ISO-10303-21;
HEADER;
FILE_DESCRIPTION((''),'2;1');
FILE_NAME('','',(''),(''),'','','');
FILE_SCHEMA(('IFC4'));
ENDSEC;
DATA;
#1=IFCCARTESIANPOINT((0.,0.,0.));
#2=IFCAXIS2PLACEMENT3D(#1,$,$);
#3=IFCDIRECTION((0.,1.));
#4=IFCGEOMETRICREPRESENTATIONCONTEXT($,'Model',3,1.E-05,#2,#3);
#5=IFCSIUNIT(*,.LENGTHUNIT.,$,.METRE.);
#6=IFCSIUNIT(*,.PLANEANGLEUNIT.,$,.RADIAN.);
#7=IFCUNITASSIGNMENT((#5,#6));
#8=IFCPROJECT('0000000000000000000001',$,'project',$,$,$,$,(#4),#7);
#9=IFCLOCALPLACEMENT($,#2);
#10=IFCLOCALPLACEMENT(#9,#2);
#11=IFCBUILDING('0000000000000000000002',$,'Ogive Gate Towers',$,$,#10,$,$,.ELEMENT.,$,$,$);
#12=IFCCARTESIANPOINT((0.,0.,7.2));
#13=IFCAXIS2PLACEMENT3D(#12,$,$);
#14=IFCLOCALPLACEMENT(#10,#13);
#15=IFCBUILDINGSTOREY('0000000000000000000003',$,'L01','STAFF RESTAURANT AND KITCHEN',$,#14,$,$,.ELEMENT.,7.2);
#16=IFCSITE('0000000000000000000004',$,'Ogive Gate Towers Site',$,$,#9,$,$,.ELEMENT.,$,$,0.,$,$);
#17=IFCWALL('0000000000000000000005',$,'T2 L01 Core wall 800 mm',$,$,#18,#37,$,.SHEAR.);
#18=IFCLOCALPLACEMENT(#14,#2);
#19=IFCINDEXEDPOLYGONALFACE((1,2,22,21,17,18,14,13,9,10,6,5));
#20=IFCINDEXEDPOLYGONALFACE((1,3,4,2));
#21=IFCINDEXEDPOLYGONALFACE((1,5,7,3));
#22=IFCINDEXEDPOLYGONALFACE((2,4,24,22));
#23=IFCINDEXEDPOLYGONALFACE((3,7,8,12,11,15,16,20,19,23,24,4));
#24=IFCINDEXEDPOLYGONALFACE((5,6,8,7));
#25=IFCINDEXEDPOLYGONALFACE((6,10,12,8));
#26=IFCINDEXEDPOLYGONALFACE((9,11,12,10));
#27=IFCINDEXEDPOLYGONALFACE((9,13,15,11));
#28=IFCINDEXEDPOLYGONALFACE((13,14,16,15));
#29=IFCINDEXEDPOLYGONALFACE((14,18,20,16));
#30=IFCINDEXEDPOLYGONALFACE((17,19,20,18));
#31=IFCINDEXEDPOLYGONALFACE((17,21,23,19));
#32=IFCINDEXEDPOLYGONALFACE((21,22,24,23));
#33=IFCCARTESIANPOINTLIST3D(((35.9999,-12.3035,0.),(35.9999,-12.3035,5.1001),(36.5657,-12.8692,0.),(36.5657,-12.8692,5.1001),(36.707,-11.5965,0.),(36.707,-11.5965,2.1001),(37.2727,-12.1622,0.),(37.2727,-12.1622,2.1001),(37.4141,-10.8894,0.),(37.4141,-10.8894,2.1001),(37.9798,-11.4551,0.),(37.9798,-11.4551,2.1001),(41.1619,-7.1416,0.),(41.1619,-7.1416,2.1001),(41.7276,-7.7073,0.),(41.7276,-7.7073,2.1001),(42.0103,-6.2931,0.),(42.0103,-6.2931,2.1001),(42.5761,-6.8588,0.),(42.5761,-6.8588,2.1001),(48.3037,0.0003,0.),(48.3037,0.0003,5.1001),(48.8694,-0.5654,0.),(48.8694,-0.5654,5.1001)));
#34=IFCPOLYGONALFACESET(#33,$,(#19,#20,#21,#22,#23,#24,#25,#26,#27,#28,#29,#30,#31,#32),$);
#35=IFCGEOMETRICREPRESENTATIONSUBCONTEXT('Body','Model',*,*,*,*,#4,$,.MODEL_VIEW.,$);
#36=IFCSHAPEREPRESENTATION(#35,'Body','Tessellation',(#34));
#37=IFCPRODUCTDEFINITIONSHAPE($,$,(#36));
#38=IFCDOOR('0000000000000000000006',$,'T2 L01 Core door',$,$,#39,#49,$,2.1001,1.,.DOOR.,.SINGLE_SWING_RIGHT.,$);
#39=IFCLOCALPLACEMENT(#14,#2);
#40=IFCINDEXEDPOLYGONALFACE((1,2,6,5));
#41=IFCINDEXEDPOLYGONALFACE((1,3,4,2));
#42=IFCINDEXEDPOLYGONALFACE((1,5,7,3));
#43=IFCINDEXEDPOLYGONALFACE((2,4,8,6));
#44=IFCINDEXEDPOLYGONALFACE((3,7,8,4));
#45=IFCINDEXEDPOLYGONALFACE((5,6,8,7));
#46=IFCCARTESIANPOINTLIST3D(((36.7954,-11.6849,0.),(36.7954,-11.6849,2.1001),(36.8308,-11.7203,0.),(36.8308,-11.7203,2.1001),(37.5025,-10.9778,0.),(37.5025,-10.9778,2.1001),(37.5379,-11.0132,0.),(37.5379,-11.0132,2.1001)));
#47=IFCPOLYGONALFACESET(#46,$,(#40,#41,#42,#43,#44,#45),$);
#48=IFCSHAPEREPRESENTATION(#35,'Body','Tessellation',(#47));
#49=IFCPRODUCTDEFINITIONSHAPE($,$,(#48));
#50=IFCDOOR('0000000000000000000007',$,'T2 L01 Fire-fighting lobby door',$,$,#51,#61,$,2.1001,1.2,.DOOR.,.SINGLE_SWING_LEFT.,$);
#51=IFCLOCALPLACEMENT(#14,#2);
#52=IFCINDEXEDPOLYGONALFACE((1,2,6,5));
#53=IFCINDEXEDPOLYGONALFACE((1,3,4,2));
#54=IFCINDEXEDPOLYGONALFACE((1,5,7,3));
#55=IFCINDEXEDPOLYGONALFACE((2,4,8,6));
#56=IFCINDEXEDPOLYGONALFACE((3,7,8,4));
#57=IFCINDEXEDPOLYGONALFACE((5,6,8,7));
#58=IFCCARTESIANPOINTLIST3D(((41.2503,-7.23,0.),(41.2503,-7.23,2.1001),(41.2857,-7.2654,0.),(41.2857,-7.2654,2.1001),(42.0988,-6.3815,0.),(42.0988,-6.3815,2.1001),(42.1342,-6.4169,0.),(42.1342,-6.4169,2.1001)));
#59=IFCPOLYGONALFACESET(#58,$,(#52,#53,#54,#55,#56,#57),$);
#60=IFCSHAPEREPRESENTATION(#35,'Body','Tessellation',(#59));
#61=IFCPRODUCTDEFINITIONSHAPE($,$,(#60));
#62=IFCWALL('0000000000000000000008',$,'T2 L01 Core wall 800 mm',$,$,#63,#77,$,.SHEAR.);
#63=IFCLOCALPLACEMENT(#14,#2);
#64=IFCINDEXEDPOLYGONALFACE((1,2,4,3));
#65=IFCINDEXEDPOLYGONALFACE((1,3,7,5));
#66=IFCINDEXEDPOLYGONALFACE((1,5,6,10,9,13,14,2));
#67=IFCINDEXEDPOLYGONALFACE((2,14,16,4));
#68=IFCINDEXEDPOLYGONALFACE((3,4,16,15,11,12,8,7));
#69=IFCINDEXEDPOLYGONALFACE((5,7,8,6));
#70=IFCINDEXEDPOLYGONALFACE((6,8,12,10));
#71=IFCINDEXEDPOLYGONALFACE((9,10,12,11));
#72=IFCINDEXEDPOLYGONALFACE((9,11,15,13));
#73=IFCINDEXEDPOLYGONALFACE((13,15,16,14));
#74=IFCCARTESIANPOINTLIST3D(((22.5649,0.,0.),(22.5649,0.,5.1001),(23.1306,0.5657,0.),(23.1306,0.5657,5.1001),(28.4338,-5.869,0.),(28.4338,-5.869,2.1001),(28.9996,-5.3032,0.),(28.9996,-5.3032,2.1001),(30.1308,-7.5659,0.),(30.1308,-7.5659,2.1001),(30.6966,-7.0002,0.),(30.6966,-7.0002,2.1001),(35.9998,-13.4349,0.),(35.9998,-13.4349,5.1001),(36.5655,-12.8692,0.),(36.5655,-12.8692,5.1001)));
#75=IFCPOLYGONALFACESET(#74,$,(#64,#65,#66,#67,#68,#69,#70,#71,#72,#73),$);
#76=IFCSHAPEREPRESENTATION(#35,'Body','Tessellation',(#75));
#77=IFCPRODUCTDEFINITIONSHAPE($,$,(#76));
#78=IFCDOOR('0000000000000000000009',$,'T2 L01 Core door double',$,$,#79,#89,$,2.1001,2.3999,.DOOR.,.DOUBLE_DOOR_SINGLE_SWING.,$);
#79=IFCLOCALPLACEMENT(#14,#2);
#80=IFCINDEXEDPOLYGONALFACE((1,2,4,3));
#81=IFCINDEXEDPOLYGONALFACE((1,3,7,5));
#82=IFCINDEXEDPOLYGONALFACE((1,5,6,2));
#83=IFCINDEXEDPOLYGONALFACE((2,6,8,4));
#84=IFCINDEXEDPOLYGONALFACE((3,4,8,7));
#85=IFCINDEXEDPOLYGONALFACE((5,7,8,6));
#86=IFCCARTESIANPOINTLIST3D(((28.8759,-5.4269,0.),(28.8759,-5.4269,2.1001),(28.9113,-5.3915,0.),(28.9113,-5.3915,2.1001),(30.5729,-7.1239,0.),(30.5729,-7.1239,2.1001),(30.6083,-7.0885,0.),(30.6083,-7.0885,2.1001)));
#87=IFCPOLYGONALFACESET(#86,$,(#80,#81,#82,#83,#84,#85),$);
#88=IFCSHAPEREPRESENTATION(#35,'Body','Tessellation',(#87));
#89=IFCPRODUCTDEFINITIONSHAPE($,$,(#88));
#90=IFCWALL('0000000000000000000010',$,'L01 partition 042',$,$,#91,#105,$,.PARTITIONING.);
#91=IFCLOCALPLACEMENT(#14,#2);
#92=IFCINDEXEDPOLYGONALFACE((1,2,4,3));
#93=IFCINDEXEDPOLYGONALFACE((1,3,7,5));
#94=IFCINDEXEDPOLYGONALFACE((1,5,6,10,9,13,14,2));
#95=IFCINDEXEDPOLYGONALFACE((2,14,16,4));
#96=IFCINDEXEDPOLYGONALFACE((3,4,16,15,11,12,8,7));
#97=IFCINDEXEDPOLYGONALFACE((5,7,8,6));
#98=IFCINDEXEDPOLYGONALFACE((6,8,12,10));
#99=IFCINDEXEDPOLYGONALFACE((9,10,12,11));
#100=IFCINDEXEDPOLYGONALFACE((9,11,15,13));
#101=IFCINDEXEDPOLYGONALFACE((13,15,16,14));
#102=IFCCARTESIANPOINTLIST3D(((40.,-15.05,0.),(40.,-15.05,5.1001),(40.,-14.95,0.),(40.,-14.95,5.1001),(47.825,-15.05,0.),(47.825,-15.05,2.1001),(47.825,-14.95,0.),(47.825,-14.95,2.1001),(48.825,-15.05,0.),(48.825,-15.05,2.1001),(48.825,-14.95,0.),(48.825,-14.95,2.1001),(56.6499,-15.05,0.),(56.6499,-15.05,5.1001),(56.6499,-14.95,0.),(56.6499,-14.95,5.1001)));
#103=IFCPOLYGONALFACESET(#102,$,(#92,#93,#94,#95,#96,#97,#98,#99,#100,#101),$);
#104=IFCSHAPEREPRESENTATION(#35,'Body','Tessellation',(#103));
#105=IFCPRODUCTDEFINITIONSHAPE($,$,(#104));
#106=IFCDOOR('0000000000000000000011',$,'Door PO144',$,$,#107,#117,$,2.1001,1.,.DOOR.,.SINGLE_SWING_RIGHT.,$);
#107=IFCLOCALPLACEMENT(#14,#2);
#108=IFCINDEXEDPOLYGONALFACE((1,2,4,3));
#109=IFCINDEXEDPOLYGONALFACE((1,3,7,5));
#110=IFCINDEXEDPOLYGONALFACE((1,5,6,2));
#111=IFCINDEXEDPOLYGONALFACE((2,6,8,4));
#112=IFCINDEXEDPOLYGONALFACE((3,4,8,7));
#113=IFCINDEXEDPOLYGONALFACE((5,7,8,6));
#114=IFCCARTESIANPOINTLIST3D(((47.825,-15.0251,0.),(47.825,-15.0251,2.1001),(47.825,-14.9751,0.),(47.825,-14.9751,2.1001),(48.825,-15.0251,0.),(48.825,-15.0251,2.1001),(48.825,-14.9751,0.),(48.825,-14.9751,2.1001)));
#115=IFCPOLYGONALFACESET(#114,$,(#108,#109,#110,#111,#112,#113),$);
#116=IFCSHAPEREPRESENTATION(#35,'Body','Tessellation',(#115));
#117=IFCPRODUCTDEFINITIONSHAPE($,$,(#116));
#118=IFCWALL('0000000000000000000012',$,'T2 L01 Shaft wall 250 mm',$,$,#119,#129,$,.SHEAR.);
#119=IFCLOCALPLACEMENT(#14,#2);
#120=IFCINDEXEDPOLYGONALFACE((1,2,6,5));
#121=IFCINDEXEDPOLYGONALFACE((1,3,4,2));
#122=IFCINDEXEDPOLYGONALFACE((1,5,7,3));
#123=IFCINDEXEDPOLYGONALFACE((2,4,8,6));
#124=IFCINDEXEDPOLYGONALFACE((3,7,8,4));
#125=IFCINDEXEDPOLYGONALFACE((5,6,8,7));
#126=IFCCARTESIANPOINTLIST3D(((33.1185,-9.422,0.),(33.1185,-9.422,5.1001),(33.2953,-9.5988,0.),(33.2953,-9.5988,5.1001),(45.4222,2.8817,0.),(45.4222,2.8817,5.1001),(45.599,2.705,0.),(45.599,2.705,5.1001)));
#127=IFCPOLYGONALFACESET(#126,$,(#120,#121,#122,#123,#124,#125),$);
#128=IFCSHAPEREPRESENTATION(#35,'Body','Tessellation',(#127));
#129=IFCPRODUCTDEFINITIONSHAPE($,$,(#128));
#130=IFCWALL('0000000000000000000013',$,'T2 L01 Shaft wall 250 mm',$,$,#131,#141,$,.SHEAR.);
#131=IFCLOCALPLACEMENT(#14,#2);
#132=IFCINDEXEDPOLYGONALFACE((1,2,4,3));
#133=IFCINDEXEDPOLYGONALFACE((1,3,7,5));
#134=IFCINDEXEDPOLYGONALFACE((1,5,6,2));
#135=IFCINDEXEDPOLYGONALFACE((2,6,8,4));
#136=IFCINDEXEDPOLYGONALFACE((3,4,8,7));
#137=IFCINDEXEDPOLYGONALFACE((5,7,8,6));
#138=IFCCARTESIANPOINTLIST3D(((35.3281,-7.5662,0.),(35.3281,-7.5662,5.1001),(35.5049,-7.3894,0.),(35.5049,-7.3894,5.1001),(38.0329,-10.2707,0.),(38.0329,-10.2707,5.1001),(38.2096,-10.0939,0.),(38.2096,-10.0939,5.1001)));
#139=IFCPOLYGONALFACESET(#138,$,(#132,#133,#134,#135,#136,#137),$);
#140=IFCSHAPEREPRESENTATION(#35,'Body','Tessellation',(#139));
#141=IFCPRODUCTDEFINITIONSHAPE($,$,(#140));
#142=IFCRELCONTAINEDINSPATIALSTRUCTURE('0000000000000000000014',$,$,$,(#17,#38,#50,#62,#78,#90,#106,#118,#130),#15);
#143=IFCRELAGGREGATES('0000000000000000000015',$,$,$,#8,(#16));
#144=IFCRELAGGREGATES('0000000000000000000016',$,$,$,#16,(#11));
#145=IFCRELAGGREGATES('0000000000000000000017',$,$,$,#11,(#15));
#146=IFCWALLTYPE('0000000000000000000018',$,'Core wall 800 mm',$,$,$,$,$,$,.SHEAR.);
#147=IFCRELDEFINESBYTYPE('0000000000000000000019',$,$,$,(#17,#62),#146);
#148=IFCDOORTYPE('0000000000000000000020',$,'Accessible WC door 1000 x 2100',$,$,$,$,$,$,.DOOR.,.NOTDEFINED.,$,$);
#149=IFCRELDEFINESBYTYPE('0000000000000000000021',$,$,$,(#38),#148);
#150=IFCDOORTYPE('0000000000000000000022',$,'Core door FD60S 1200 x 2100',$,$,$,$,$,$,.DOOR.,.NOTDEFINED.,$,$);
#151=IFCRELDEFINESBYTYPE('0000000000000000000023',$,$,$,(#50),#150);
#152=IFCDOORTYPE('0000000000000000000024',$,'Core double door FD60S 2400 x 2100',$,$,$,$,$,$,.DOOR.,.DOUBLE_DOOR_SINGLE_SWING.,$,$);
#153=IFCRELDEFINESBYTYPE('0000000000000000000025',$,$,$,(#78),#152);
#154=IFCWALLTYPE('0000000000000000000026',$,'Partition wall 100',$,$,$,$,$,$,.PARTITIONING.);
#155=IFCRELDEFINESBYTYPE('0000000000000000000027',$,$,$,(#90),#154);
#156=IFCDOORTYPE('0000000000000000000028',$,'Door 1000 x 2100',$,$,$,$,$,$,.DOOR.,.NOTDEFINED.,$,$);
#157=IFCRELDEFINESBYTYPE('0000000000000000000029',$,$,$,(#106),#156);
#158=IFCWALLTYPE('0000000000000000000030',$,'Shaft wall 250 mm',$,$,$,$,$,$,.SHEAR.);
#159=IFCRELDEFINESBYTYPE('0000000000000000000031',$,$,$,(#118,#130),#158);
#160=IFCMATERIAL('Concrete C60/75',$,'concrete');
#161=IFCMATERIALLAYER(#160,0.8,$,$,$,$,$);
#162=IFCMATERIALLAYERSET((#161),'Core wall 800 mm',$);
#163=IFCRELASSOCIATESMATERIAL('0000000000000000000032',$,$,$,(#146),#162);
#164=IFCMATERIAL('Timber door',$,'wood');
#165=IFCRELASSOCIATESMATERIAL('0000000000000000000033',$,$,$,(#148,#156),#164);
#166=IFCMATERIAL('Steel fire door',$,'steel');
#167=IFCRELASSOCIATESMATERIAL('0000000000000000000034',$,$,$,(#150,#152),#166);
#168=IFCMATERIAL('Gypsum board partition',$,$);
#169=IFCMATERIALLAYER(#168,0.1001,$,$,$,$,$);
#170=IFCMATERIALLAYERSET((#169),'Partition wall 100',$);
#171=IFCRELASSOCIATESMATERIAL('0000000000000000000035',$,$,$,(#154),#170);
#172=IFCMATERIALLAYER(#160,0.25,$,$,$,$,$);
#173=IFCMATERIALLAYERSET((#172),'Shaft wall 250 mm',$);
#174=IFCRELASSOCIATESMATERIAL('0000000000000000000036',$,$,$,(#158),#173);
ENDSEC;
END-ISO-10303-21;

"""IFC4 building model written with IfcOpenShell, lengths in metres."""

from ifc_helpers import new_model, si_unit, direction, frame, frame_2d, origin, place, context, subcontext, project, spatial, rectangle, extrude, material, layer, layer_set, type_object, element, fill, save


model = new_model("IFC4")

# Units and contexts
model_context = context("Model", 3, precision=1e-05, world=origin(), true_north=direction((0.0, 1.0)))
body_context = subcontext(model_context, "Body", "Model", "MODEL_VIEW")
ifc_project = project(units=[si_unit("LENGTHUNIT", "METRE"), si_unit("PLANEANGLEUNIT", "RADIAN")], contexts=[model_context])

# Site, building, storey
site_placement = place(None, origin())
site = spatial("IfcSite", under=ifc_project, at=site_placement, Name="Ogive Gate Towers Site", CompositionType="ELEMENT", RefElevation=0.0)
building_placement = place(site_placement, origin())
building = spatial("IfcBuilding", under=site, at=building_placement, Name="Ogive Gate Towers", CompositionType="ELEMENT")
storey_placement = place(building_placement, frame((0.0, 0.0, 7.2)))
storey = spatial("IfcBuildingStorey", under=building, at=storey_placement, Name="L01", Description="STAFF RESTAURANT AND KITCHEN", CompositionType="ELEMENT", Elevation=7.2)

# Wall, openings, doors
ifc_material_1 = material(Name="Concrete C60/75", Category="concrete")
ifc_layer_1 = layer(ifc_material_1, 0.8)
ifc_layer_set_1 = layer_set([ifc_layer_1], Name="Core wall 800 mm")
wall_type_1 = type_object("IfcWallType", Name="Core wall 800 mm", PredefinedType="SHEAR", material=ifc_layer_set_1)
wall_1_placement = place(storey_placement, frame((36.2827, -12.5864, 0.0), z_axis=(0.0, 0.0, 1.0), x_axis=(0.707107, 0.707107, 0.0)))
wall_1 = element("IfcWall", 1, at=wall_1_placement, inside=storey, type_object=wall_type_1, Name="T2 L01 Core wall 800 mm", PredefinedType="SHEAR", context=body_context, shape_type="SweptSolid", body=[
    extrude(rectangle(XDim=17.4001, YDim=0.8, at=frame_2d((8.7002, 0.0))), origin(), (0.0, 0.0, 1.0), 5.1001),
])
opening_1_placement = place(wall_1_placement, frame((7.3, 0.0, 0.0)))
opening_1 = element("IfcOpeningElement", 2, at=opening_1_placement, cuts=wall_1, PredefinedType="OPENING", context=body_context, shape_type="SweptSolid", body=[
    extrude(rectangle(XDim=1.2, YDim=2.1001, at=frame_2d((0.6001, 1.05))), frame((0.0, 0.4102, 0.0), z_axis=(0.0, -1.0, 0.0), x_axis=(1.0, 0.0, 0.0)), (0.0, 0.0, 1.0), 0.8201),
])
opening_2_placement = place(wall_1_placement, frame((1.0, 0.0, 0.0)))
opening_2 = element("IfcOpeningElement", 3, at=opening_2_placement, cuts=wall_1, PredefinedType="OPENING", context=body_context, shape_type="SweptSolid", body=[
    extrude(rectangle(XDim=1.0, YDim=2.1001, at=frame_2d((0.5, 1.05))), frame((0.0, 0.4102, 0.0), z_axis=(0.0, -1.0, 0.0), x_axis=(1.0, 0.0, 0.0)), (0.0, 0.0, 1.0), 0.8201),
])
ifc_material_2 = material(Name="Timber door", Category="wood")
door_type_1 = type_object("IfcDoorType", Name="Accessible WC door 1000 x 2100", OperationType="NOTDEFINED", PredefinedType="DOOR", material=ifc_material_2)
door_1_placement = place(opening_2_placement, origin())
door_1 = element("IfcDoor", 4, at=door_1_placement, inside=storey, type_object=door_type_1, Name="T2 L01 Core door", OperationType="SINGLE_SWING_RIGHT", OverallHeight=2.1001, OverallWidth=1.0, PredefinedType="DOOR", context=body_context, shape_type="SweptSolid", body=[
    extrude(rectangle(XDim=1.0, YDim=2.1001, at=frame_2d((0.5, 1.05))), frame((0.0, 0.2749, 0.0), z_axis=(0.0, -1.0, 0.0), x_axis=(1.0, 0.0, 0.0)), (0.0, 0.0, 1.0), 0.05),
])
fill(opening_2, door_1)
ifc_material_3 = material(Name="Steel fire door", Category="steel")
door_type_2 = type_object("IfcDoorType", Name="Core door FD60S 1200 x 2100", OperationType="NOTDEFINED", PredefinedType="DOOR", material=ifc_material_3)
door_2_placement = place(opening_1_placement, origin())
door_2 = element("IfcDoor", 5, at=door_2_placement, inside=storey, type_object=door_type_2, Name="T2 L01 Fire-fighting lobby door", OperationType="SINGLE_SWING_LEFT", OverallHeight=2.1001, OverallWidth=1.2, PredefinedType="DOOR", context=body_context, shape_type="SweptSolid", body=[
    extrude(rectangle(XDim=1.2, YDim=2.1001, at=frame_2d((0.6001, 1.05))), frame((0.0, 0.2749, 0.0), z_axis=(0.0, -1.0, 0.0), x_axis=(1.0, 0.0, 0.0)), (0.0, 0.0, 1.0), 0.05),
])
fill(opening_1, door_2)

# Walls, openings, doors
wall_2_placement = place(storey_placement, frame((36.2827, -13.1521, 0.0), z_axis=(0.0, 0.0, 1.0), x_axis=(-0.707107, 0.707107, 0.0)))
wall_2 = element("IfcWall", 6, at=wall_2_placement, inside=storey, type_object=wall_type_1, Name="T2 L01 Core wall 800 mm", PredefinedType="SHEAR", context=body_context, shape_type="SweptSolid", body=[
    extrude(rectangle(XDim=18.9998, YDim=0.8, at=frame_2d((9.5, 0.0))), origin(), (0.0, 0.0, 1.0), 5.1001),
])
opening_3_placement = place(wall_2_placement, frame((8.3, 0.0, 0.0)))
opening_3 = element("IfcOpeningElement", 7, at=opening_3_placement, cuts=wall_2, PredefinedType="OPENING", context=body_context, shape_type="SweptSolid", body=[
    extrude(rectangle(XDim=2.3999, YDim=2.1001, at=frame_2d((1.2, 1.05))), frame((0.0, 0.4102, 0.0), z_axis=(0.0, -1.0, 0.0), x_axis=(1.0, 0.0, 0.0)), (0.0, 0.0, 1.0), 0.8201),
])
door_type_3 = type_object("IfcDoorType", Name="Core double door FD60S 2400 x 2100", OperationType="DOUBLE_DOOR_SINGLE_SWING", PredefinedType="DOOR", material=ifc_material_3)
door_3_placement = place(opening_3_placement, origin())
door_3 = element("IfcDoor", 8, at=door_3_placement, inside=storey, type_object=door_type_3, Name="T2 L01 Core door double", OperationType="DOUBLE_DOOR_SINGLE_SWING", OverallHeight=2.1001, OverallWidth=2.3999, PredefinedType="DOOR", context=body_context, shape_type="SweptSolid", body=[
    extrude(rectangle(XDim=2.3999, YDim=2.1001, at=frame_2d((1.2, 1.05))), frame((0.0, -0.2251, 0.0), z_axis=(0.0, -1.0, 0.0), x_axis=(1.0, 0.0, 0.0)), (0.0, 0.0, 1.0), 0.05),
])
fill(opening_3, door_3)
ifc_material_4 = material(Name="Gypsum board partition")
ifc_layer_2 = layer(ifc_material_4, 0.1001)
ifc_layer_set_2 = layer_set([ifc_layer_2], Name="Partition wall 100")
wall_type_2 = type_object("IfcWallType", Name="Partition wall 100", PredefinedType="PARTITIONING", material=ifc_layer_set_2)
wall_3_placement = place(storey_placement, frame((40.0, -15.0, 0.0), z_axis=(0.0, 0.0, 1.0), x_axis=(1.0, 0.0, 0.0)))
wall_3 = element("IfcWall", 9, at=wall_3_placement, inside=storey, type_object=wall_type_2, Name="L01 partition 042", PredefinedType="PARTITIONING", context=body_context, shape_type="SweptSolid", body=[
    extrude(rectangle(XDim=16.6499, YDim=0.1001, at=frame_2d((8.325, 0.0))), origin(), (0.0, 0.0, 1.0), 5.1001),
])
opening_4_placement = place(wall_3_placement, frame((7.825, 0.0, 0.0)))
opening_4 = element("IfcOpeningElement", 10, at=opening_4_placement, cuts=wall_3, PredefinedType="OPENING", context=body_context, shape_type="SweptSolid", body=[
    extrude(rectangle(XDim=1.0, YDim=2.1001, at=frame_2d((0.5, 1.05))), frame((0.0, 0.0601, 0.0), z_axis=(0.0, -1.0, 0.0), x_axis=(1.0, 0.0, 0.0)), (0.0, 0.0, 1.0), 0.1201),
])
door_type_4 = type_object("IfcDoorType", Name="Door 1000 x 2100", OperationType="NOTDEFINED", PredefinedType="DOOR", material=ifc_material_2)
door_4_placement = place(opening_4_placement, origin())
door_4 = element("IfcDoor", 11, at=door_4_placement, inside=storey, type_object=door_type_4, Name="Door PO144", OperationType="SINGLE_SWING_RIGHT", OverallHeight=2.1001, OverallWidth=1.0, PredefinedType="DOOR", context=body_context, shape_type="SweptSolid", body=[
    extrude(rectangle(XDim=1.0, YDim=2.1001, at=frame_2d((0.5, 1.05))), frame((0.0, 0.0249, 0.0), z_axis=(0.0, -1.0, 0.0), x_axis=(1.0, 0.0, 0.0)), (0.0, 0.0, 1.0), 0.05),
])
fill(opening_4, door_4)

# Walls
ifc_layer_3 = layer(ifc_material_1, 0.25)
ifc_layer_set_3 = layer_set([ifc_layer_3], Name="Shaft wall 250 mm")
wall_type_3 = type_object("IfcWallType", Name="Shaft wall 250 mm", PredefinedType="SHEAR", material=ifc_layer_set_3)
wall_4_placement = place(storey_placement, frame((33.2068, -9.5105, 0.0), z_axis=(0.0, 0.0, 1.0), x_axis=(0.707107, 0.707107, 0.0)))
element("IfcWall", 12, at=wall_4_placement, inside=storey, type_object=wall_type_3, Name="T2 L01 Shaft wall 250 mm", PredefinedType="SHEAR", context=body_context, shape_type="SweptSolid", body=[
    extrude(rectangle(XDim=17.4001, YDim=0.25, at=frame_2d((8.7002, 0.0))), origin(), (0.0, 0.0, 1.0), 5.1001),
])
wall_5_placement = place(storey_placement, frame((38.1213, -10.1824, 0.0), z_axis=(0.0, 0.0, 1.0), x_axis=(-0.707139, 0.707075, 0.0)))
element("IfcWall", 13, at=wall_5_placement, inside=storey, type_object=wall_type_3, Name="T2 L01 Shaft wall 250 mm", PredefinedType="SHEAR", context=body_context, shape_type="SweptSolid", body=[
    extrude(rectangle(XDim=3.825, YDim=0.25, at=frame_2d((1.9126, 0.0))), origin(), (0.0, 0.0, 1.0), 5.1001),
])

save(model, "model.ifc")
